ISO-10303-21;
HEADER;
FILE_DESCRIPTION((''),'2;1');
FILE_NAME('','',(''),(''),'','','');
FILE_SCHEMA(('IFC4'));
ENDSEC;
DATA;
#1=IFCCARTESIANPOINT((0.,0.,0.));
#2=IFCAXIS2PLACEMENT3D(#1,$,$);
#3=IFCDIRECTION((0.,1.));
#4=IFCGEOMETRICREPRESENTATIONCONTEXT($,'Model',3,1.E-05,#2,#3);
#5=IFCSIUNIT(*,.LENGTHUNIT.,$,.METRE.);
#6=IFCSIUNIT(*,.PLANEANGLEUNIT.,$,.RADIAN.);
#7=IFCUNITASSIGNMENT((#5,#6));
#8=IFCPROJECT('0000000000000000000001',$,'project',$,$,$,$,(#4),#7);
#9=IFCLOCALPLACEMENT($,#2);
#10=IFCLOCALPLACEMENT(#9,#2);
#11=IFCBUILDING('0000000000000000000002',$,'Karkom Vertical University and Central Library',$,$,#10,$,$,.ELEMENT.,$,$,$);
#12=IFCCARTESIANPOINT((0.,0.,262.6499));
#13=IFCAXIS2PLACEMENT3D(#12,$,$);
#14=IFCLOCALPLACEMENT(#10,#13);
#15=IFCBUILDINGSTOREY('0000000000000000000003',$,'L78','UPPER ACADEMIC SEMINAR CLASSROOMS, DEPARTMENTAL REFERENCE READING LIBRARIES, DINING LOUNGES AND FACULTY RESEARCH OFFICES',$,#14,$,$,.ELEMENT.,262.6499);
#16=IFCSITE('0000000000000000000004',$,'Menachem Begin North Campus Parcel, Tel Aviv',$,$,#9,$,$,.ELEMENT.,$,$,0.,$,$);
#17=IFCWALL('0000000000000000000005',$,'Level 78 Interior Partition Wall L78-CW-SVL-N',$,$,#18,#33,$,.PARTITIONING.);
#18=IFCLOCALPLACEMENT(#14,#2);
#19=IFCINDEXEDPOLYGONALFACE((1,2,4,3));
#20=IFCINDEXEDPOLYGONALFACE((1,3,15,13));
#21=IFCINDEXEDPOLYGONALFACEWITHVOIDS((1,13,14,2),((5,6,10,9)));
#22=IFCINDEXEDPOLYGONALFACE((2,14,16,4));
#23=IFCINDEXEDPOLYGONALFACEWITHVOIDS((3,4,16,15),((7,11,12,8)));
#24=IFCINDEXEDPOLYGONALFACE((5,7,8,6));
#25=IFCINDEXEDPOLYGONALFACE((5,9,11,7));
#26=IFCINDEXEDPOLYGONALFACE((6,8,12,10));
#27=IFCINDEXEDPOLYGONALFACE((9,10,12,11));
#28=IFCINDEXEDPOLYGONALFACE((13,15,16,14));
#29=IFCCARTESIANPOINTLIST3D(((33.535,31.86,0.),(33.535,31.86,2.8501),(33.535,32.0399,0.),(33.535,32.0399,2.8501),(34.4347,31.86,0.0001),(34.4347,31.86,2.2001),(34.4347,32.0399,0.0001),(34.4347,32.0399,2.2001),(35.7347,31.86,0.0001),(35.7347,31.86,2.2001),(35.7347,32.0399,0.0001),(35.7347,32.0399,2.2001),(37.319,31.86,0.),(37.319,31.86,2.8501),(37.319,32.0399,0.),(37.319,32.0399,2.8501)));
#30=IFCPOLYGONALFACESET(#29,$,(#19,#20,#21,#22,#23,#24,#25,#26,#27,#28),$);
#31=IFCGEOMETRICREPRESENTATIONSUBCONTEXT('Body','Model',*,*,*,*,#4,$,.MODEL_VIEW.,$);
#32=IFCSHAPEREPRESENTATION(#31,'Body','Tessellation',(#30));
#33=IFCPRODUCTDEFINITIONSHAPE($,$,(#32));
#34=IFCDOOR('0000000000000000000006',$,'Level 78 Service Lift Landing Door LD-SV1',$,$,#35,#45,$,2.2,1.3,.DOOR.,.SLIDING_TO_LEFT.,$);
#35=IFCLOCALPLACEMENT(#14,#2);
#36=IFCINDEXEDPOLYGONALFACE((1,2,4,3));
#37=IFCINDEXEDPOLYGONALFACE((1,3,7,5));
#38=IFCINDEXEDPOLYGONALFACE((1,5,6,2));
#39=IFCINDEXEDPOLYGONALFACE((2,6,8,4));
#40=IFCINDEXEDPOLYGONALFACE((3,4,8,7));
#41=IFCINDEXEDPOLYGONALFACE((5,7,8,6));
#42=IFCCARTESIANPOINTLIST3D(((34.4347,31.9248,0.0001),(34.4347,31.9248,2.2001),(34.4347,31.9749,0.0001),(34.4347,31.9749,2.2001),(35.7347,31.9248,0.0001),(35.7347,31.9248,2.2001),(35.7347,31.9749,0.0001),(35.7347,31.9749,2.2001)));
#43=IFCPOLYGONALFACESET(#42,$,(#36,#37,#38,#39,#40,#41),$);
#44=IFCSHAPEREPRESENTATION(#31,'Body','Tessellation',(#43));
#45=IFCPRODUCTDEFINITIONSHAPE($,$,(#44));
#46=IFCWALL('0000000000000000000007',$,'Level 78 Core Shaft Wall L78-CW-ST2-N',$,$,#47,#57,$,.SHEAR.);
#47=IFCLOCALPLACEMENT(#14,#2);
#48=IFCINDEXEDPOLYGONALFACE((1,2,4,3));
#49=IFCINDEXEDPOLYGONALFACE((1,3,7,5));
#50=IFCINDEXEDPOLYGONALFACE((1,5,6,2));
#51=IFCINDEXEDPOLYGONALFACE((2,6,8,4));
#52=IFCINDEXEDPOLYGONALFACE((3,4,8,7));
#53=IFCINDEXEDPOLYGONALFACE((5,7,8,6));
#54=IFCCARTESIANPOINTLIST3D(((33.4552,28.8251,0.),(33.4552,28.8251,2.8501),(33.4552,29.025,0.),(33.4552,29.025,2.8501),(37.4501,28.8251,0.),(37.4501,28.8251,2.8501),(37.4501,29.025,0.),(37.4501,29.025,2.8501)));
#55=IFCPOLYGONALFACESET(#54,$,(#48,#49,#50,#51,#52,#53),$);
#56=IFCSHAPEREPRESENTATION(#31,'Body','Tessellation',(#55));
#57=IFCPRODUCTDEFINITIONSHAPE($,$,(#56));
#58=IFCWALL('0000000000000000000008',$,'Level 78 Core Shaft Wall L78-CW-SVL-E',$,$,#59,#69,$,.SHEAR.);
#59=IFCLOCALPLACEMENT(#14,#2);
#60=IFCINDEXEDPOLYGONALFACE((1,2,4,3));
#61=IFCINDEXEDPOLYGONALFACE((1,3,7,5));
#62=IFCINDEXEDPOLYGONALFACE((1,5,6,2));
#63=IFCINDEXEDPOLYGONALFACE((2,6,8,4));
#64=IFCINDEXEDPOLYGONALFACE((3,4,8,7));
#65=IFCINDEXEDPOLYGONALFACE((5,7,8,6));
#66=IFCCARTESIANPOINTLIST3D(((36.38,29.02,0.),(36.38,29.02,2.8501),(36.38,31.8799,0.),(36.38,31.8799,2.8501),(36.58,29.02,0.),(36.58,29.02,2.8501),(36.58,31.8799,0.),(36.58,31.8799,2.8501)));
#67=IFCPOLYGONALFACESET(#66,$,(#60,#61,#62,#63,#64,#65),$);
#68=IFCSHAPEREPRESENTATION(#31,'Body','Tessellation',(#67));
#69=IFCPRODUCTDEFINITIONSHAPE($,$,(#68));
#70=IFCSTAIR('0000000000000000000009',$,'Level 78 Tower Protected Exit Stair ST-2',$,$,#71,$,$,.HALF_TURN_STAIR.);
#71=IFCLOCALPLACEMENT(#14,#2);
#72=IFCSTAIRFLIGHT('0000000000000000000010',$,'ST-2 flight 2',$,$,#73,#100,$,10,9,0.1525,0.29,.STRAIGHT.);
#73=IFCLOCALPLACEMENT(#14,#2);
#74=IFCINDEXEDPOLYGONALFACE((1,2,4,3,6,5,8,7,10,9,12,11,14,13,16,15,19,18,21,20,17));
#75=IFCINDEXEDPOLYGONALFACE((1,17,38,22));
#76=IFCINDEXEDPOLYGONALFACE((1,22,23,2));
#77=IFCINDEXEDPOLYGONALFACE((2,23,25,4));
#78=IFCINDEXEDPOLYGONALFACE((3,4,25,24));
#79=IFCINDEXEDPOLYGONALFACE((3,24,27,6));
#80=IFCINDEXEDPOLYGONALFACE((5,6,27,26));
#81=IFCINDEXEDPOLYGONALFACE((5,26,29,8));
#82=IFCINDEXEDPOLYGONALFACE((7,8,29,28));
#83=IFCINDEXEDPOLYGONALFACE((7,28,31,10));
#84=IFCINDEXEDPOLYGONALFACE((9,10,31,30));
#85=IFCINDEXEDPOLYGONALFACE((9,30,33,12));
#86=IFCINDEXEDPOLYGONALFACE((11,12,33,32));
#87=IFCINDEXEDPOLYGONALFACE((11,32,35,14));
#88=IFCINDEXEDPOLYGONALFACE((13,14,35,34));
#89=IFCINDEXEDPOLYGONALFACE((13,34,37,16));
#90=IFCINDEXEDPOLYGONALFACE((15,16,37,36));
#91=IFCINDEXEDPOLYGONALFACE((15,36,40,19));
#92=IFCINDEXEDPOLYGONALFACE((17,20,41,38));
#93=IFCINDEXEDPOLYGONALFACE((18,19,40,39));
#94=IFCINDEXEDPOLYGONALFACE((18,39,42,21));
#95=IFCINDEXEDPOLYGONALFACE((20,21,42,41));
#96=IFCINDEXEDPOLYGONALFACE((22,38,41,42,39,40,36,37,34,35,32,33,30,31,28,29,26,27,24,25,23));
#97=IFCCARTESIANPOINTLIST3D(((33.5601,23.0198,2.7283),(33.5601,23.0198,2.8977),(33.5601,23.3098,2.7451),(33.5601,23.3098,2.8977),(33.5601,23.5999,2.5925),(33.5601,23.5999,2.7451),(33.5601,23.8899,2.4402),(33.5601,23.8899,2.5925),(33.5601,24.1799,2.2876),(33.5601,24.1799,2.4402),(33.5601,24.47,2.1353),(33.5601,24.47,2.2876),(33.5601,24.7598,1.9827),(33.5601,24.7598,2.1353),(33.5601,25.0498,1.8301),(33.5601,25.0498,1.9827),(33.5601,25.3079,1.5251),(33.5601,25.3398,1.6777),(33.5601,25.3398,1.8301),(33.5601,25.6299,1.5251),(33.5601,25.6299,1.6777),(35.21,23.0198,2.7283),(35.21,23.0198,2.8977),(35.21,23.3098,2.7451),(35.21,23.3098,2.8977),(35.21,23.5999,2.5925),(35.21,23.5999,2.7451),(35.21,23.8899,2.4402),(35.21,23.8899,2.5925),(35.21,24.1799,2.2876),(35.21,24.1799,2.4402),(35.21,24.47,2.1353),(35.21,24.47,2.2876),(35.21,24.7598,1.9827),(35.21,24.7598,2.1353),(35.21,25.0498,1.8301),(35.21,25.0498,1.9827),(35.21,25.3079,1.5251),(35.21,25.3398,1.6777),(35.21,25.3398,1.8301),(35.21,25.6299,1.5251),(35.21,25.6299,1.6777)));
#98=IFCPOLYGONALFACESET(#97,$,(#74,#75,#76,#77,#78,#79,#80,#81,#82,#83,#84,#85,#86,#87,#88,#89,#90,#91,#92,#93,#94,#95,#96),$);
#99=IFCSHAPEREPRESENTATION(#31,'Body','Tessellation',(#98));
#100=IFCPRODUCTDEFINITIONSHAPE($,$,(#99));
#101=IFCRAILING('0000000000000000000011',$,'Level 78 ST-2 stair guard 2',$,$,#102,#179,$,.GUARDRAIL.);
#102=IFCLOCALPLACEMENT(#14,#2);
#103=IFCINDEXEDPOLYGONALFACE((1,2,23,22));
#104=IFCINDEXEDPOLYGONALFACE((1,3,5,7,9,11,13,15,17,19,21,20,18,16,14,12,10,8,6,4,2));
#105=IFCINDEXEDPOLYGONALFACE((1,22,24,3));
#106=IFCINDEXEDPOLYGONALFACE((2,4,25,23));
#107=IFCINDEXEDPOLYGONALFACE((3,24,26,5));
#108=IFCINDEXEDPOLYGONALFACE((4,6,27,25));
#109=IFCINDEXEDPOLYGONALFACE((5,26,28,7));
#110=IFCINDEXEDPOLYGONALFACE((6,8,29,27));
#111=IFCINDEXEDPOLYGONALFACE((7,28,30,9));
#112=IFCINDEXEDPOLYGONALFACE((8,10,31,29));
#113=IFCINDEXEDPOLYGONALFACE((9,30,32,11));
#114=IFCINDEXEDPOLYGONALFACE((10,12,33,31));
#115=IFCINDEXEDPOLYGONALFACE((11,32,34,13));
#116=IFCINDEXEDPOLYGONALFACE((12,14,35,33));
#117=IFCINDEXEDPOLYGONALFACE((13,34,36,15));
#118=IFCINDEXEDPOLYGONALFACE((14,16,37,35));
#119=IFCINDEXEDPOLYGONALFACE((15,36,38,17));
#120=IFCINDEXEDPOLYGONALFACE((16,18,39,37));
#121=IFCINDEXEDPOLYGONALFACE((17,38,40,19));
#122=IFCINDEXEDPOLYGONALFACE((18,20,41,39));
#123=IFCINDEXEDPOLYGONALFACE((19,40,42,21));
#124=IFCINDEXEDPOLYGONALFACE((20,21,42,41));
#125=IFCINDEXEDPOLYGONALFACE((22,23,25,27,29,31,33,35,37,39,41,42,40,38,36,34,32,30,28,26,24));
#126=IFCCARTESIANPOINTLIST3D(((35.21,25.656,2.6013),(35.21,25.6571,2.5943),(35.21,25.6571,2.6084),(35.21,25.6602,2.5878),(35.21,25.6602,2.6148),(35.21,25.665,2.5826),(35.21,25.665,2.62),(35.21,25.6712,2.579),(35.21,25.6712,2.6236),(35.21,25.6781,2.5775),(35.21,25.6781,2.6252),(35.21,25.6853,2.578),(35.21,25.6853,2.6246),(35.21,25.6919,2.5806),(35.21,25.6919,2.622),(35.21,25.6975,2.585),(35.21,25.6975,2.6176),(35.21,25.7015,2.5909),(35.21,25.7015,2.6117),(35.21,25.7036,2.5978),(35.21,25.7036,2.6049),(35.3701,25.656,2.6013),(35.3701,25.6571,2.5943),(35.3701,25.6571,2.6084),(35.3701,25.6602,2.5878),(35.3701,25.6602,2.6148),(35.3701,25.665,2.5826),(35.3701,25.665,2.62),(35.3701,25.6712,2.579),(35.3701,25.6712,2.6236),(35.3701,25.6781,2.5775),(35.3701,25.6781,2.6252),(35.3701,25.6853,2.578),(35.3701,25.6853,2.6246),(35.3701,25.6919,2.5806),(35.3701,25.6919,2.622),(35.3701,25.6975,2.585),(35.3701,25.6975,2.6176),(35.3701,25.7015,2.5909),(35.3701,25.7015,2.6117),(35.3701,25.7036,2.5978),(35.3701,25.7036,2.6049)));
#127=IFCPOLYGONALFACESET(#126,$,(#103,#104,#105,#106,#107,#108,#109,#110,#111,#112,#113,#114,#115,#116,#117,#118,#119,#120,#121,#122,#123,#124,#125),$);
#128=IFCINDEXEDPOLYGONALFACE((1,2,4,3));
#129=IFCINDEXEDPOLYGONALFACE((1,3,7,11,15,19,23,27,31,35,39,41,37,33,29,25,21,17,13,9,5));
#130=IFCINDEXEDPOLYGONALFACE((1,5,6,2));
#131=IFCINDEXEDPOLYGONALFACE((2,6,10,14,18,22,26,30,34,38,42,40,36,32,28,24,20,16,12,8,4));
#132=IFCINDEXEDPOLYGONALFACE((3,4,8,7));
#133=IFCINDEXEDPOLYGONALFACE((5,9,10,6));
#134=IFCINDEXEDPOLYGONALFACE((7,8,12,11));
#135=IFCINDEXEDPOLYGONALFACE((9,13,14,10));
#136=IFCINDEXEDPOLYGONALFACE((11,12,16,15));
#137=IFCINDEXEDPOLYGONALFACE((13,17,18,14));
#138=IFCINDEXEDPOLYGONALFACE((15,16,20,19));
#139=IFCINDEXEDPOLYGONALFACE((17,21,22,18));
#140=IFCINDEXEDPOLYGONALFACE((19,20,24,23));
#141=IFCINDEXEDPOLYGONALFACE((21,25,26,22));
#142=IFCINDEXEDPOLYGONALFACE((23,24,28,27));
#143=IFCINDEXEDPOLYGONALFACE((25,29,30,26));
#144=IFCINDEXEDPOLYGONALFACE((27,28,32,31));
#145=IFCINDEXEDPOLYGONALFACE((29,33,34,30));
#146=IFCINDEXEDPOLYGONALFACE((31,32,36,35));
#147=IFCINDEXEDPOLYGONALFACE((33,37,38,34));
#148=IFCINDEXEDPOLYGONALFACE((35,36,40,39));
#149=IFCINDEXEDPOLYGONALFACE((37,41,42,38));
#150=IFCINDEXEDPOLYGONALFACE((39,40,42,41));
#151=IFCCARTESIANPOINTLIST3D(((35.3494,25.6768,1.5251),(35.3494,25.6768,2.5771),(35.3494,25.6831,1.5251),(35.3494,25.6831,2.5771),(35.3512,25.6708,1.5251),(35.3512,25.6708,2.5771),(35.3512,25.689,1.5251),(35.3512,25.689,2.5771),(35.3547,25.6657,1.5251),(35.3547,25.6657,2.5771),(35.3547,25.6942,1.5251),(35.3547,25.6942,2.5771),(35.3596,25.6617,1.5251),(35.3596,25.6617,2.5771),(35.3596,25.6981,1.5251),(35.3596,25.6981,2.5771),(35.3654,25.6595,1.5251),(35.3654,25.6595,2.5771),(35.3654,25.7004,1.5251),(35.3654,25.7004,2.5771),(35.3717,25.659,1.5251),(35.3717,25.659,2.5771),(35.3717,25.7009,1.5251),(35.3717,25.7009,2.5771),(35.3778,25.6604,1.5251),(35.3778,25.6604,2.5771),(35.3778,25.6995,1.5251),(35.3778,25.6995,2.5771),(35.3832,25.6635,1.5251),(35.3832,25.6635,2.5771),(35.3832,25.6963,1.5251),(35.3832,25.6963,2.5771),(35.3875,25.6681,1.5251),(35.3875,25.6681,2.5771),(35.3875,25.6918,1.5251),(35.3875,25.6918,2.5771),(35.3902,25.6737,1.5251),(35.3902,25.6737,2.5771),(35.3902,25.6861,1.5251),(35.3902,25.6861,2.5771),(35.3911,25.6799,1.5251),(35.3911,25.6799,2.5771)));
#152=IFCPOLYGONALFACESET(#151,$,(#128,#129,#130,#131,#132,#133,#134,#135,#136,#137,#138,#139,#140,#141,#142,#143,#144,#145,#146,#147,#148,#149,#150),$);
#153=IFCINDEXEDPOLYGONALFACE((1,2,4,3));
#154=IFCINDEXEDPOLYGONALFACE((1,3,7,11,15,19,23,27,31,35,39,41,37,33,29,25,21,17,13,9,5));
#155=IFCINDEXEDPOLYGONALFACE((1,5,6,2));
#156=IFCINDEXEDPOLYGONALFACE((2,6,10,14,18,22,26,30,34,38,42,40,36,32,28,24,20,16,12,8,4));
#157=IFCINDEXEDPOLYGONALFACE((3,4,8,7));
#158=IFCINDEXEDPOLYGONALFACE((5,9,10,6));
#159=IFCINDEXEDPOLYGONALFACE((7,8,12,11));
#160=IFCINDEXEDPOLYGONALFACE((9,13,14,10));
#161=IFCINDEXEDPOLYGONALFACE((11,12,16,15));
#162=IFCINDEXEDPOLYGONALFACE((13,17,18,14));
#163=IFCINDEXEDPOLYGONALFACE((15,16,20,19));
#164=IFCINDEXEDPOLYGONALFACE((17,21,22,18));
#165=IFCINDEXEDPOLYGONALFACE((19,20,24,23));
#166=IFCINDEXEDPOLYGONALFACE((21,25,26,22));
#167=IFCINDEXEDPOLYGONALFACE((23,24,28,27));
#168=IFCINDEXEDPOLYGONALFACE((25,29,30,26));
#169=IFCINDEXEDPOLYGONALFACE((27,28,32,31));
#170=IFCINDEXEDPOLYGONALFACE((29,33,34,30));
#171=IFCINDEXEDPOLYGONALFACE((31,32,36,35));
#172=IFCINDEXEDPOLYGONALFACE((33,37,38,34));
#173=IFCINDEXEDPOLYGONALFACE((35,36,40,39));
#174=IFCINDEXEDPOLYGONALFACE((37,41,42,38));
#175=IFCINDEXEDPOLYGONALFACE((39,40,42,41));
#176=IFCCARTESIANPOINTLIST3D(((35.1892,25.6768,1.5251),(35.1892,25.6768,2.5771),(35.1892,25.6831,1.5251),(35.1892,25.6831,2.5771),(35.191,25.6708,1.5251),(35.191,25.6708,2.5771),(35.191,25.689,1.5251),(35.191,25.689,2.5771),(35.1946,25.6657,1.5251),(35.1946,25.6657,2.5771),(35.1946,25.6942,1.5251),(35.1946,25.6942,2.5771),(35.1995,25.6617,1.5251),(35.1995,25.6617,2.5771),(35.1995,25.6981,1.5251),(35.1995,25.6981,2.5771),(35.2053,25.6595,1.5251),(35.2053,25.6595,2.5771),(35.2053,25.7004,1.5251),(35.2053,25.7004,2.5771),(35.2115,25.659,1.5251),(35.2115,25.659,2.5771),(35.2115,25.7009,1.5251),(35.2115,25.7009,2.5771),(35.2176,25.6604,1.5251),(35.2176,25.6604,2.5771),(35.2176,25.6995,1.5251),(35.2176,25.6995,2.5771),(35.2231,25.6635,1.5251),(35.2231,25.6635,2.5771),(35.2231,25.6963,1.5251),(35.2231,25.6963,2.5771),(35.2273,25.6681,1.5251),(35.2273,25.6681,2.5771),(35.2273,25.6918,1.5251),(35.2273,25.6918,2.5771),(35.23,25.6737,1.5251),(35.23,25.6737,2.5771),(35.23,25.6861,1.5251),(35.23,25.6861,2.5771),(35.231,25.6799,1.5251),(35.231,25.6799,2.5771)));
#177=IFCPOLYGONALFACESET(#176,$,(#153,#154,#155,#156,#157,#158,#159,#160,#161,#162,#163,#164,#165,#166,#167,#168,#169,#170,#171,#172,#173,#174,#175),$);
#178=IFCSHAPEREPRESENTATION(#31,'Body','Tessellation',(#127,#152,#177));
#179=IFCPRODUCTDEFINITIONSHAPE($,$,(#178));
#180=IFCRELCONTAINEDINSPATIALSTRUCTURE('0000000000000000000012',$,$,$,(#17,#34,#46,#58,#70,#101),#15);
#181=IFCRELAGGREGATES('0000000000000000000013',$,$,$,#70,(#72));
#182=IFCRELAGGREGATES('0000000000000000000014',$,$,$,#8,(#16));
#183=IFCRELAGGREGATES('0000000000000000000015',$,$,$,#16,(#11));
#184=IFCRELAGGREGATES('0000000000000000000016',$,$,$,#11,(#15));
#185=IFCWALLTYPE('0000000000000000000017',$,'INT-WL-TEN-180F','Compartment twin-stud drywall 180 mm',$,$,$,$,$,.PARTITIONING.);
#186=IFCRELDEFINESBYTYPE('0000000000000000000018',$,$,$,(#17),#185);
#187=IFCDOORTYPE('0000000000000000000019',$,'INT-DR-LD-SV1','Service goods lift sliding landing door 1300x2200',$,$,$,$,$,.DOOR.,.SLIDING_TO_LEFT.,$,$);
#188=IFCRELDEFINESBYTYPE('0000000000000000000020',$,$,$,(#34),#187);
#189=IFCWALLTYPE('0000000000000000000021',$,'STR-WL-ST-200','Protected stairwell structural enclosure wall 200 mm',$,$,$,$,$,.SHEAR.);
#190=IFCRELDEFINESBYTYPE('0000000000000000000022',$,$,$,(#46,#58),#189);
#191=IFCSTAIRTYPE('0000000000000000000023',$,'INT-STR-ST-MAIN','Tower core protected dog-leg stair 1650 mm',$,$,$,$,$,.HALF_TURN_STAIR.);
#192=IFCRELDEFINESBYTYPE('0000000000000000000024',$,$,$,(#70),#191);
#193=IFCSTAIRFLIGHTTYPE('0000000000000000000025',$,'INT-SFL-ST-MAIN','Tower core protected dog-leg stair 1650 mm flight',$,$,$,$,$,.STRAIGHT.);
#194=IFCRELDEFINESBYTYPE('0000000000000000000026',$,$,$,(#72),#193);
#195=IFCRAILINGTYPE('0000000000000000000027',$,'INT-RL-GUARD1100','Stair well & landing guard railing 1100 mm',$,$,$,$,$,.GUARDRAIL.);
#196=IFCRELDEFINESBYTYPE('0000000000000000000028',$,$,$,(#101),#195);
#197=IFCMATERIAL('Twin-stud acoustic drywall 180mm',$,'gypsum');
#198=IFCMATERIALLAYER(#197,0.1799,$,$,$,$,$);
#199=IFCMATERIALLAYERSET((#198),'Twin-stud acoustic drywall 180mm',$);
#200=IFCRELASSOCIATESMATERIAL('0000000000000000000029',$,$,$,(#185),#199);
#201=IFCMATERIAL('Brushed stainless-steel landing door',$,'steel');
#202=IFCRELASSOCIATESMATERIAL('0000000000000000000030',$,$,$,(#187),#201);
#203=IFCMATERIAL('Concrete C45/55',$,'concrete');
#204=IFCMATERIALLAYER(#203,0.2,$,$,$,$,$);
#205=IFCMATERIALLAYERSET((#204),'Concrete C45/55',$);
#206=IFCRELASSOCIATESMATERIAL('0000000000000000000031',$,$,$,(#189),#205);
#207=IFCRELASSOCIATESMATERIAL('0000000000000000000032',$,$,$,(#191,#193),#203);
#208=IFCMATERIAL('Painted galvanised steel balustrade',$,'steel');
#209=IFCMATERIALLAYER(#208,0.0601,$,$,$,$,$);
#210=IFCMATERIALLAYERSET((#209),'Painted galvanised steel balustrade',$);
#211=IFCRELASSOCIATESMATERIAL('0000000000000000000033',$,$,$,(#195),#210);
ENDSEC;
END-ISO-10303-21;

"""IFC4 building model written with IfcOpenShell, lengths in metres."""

from ifc_helpers import new_model, si_unit, direction, frame, frame_2d, origin, origin_with_axes, origin_2d, place, context, subcontext, project, spatial, polyline, rectangle, circle, outline, extrude, source, transform, mapped, material, layer, layer_set, type_object, element, fill, aggregate, save


model = new_model("IFC4")

# Units and contexts
model_context = context("Model", 3, precision=1e-05, world=origin(), true_north=direction((0.0, 1.0)))
body_context = subcontext(model_context, "Body", "Model", "MODEL_VIEW")
ifc_project = project(units=[si_unit("LENGTHUNIT", "METRE"), si_unit("PLANEANGLEUNIT", "RADIAN")], contexts=[model_context])

# Site, building, storey
site_placement = place(None, origin())
site = spatial("IfcSite", under=ifc_project, at=site_placement, Name="Menachem Begin North Campus Parcel, Tel Aviv", CompositionType="ELEMENT", RefElevation=0.0)
building_placement = place(site_placement, origin())
building = spatial("IfcBuilding", under=site, at=building_placement, Name="Karkom Vertical University and Central Library", CompositionType="ELEMENT")
storey_placement = place(building_placement, frame((0.0, 0.0, 262.6499)))
storey = spatial("IfcBuildingStorey", under=building, at=storey_placement, Name="L78", Description="UPPER ACADEMIC SEMINAR CLASSROOMS, DEPARTMENTAL REFERENCE READING LIBRARIES, DINING LOUNGES AND FACULTY RESEARCH OFFICES", CompositionType="ELEMENT", Elevation=262.6499)

# Shared definitions
ifc_material_1 = material(Name="Brushed stainless-steel landing door", Category="steel")

# Wall, opening, door
ifc_material_2 = material(Name="Twin-stud acoustic drywall 180mm", Category="gypsum")
ifc_layer_1 = layer(ifc_material_2, 0.1799)
ifc_layer_set_1 = layer_set([ifc_layer_1], Name="Twin-stud acoustic drywall 180mm")
wall_type_1 = type_object("IfcWallType", Name="INT-WL-TEN-180F", Description="Compartment twin-stud drywall 180 mm", PredefinedType="PARTITIONING", material=ifc_layer_set_1)
wall_1_placement = place(storey_placement, frame((33.5349, 31.95, 0.0), z_axis=(0.0, 0.0, 1.0), x_axis=(1.0, 0.0, 0.0)))
wall_1 = element("IfcWall", 1, at=wall_1_placement, inside=storey, type_object=wall_type_1, Name="Level 78 Interior Partition Wall L78-CW-SVL-N", PredefinedType="PARTITIONING", context=body_context, shape_type="SweptSolid", body=[
    extrude(rectangle(XDim=3.7839, YDim=0.1799, at=frame_2d((1.8921, 0.0))), origin(), (0.0, 0.0, 1.0), 2.8501),
])
opening_1_placement = place(wall_1_placement, frame((0.8999, 0.0, 0.0)))
opening_1 = element("IfcOpeningElement", 2, at=opening_1_placement, cuts=wall_1, PredefinedType="OPENING", context=body_context, shape_type="SweptSolid", body=[
    extrude(rectangle(XDim=1.3, YDim=2.2, at=frame_2d((0.6499, 1.1001))), frame((0.0, 0.1001, 0.0), z_axis=(0.0, -1.0, 0.0), x_axis=(1.0, 0.0, 0.0)), (0.0, 0.0, 1.0), 0.2),
])
door_type_1 = type_object("IfcDoorType", Name="INT-DR-LD-SV1", Description="Service goods lift sliding landing door 1300x2200", OperationType="SLIDING_TO_LEFT", PredefinedType="DOOR", material=ifc_material_1)
shared_shape_1 = source(origin_with_axes(), body_context, "Body", "SweptSolid", [
    extrude(rectangle(XDim=1.3, YDim=2.2, at=frame_2d((0.6499, 1.1001))), frame((0.0, 0.0249, 0.0), z_axis=(0.0, -1.0, 0.0), x_axis=(1.0, 0.0, 0.0)), (0.0, 0.0, 1.0), 0.05),
])
door_1_placement = place(opening_1_placement, origin())
door_1 = element("IfcDoor", 3, at=door_1_placement, inside=storey, type_object=door_type_1, Name="Level 78 Service Lift Landing Door LD-SV1", OperationType="SLIDING_TO_LEFT", OverallHeight=2.2, OverallWidth=1.3, PredefinedType="DOOR", context=body_context, shape_type="MappedRepresentation", body=[
    mapped(shared_shape_1, transform((0.0, 0.0, 0.0), scale=1.0)),
])
fill(opening_1, door_1)

# Walls
ifc_material_3 = material(Name="Concrete C45/55", Category="concrete")
ifc_layer_2 = layer(ifc_material_3, 0.2)
ifc_layer_set_2 = layer_set([ifc_layer_2], Name="Concrete C45/55")
wall_type_2 = type_object("IfcWallType", Name="STR-WL-ST-200", Description="Protected stairwell structural enclosure wall 200 mm", PredefinedType="SHEAR", material=ifc_layer_set_2)
wall_2_placement = place(storey_placement, frame((33.4551, 28.925, 0.0), z_axis=(0.0, 0.0, 1.0), x_axis=(1.0, 0.0, 0.0)))
element("IfcWall", 4, at=wall_2_placement, inside=storey, type_object=wall_type_2, Name="Level 78 Core Shaft Wall L78-CW-ST2-N", PredefinedType="SHEAR", context=body_context, shape_type="SweptSolid", body=[
    extrude(rectangle(XDim=3.9949, YDim=0.2, at=frame_2d((1.9976, 0.0))), origin(), (0.0, 0.0, 1.0), 2.8501),
])
wall_3_placement = place(storey_placement, frame((36.48, 29.02, 0.0), z_axis=(0.0, 0.0, 1.0), x_axis=(0.0, 1.0, 0.0)))
element("IfcWall", 5, at=wall_3_placement, inside=storey, type_object=wall_type_2, Name="Level 78 Core Shaft Wall L78-CW-SVL-E", PredefinedType="SHEAR", context=body_context, shape_type="SweptSolid", body=[
    extrude(rectangle(XDim=2.8599, YDim=0.2, at=frame_2d((1.4299, 0.0))), origin(), (0.0, 0.0, 1.0), 2.8501),
])

# Stair, stair flight
stair_type = type_object("IfcStairType", Name="INT-STR-ST-MAIN", Description="Tower core protected dog-leg stair 1650 mm", PredefinedType="HALF_TURN_STAIR", material=ifc_material_3)
stair_placement = place(storey_placement, origin())
stair = element("IfcStair", 6, at=stair_placement, inside=storey, type_object=stair_type, Name="Level 78 Tower Protected Exit Stair ST-2", PredefinedType="HALF_TURN_STAIR")
stair_flight_type = type_object("IfcStairFlightType", Name="INT-SFL-ST-MAIN", Description="Tower core protected dog-leg stair 1650 mm flight", PredefinedType="STRAIGHT", material=ifc_material_3)
stair_flight_placement = place(storey_placement, frame((34.385, 25.6299, 1.5251), z_axis=(0.0, 0.0, 1.0), x_axis=(0.0, -1.0, 0.0)))
stair_flight = element("IfcStairFlight", 7, at=stair_flight_placement, type_object=stair_flight_type, Name="ST-2 flight 2", NumberOfRisers=10, NumberOfTreads=9, PredefinedType="STRAIGHT", RiserHeight=0.1525, TreadLength=0.29, context=body_context, shape_type="SweptSolid", body=[
    extrude(outline(polyline([(0.0, 0.0), (0.0, 0.1526), (0.29, 0.1526), (0.29, 0.3049), (0.5801, 0.3049), (0.5801, 0.4575), (0.8701, 0.4575), (0.8701, 0.6101), (1.1599, 0.6101), (1.1599, 0.7625), (1.45, 0.7625), (1.45, 0.915), (1.74, 0.915), (1.74, 1.0674), (2.03, 1.0674), (2.03, 1.22), (2.3201, 1.22), (2.3201, 1.3726), (2.6101, 1.3726), (2.6101, 1.5249), (2.6101, 1.2031), (0.322, 0.0), (0.0, 0.0)])), frame((0.0, 0.825, 0.0), z_axis=(0.0, -1.0, 0.0), x_axis=(1.0, 0.0, 0.0)), (0.0, 0.0, 1.0), 1.6499),
])
aggregate(stair, [stair_flight])

# Railing
ifc_material_4 = material(Name="Painted galvanised steel balustrade", Category="steel")
ifc_layer_3 = layer(ifc_material_4, 0.0601)
ifc_layer_set_3 = layer_set([ifc_layer_3], Name="Painted galvanised steel balustrade")
railing_type_1 = type_object("IfcRailingType", Name="INT-RL-GUARD1100", Description="Stair well & landing guard railing 1100 mm", PredefinedType="GUARDRAIL", material=ifc_layer_set_3)
railing_1_placement = place(storey_placement, frame((35.3701, 25.6799, 1.5251)))
element("IfcRailing", 8, at=railing_1_placement, inside=storey, type_object=railing_type_1, Name="Level 78 ST-2 stair guard 2", PredefinedType="GUARDRAIL", context=body_context, shape_type="SweptSolid", body=[
    extrude(circle(Radius=0.0239, at=origin_2d()), frame((0.0, 0.0, 1.0762), z_axis=(-1.0, 0.0, 0.0), x_axis=(0.0, -1.0, 0.0)), (0.0, 0.0, 1.0), 0.1602),
    extrude(circle(Radius=0.021, at=origin_2d()), origin(), (0.0, 0.0, 1.0), 1.052),
    extrude(circle(Radius=0.021, at=origin_2d()), frame((-0.1602, 0.0, 0.0)), (0.0, 0.0, 1.0), 1.052),
])

save(model, "model.ifc")
